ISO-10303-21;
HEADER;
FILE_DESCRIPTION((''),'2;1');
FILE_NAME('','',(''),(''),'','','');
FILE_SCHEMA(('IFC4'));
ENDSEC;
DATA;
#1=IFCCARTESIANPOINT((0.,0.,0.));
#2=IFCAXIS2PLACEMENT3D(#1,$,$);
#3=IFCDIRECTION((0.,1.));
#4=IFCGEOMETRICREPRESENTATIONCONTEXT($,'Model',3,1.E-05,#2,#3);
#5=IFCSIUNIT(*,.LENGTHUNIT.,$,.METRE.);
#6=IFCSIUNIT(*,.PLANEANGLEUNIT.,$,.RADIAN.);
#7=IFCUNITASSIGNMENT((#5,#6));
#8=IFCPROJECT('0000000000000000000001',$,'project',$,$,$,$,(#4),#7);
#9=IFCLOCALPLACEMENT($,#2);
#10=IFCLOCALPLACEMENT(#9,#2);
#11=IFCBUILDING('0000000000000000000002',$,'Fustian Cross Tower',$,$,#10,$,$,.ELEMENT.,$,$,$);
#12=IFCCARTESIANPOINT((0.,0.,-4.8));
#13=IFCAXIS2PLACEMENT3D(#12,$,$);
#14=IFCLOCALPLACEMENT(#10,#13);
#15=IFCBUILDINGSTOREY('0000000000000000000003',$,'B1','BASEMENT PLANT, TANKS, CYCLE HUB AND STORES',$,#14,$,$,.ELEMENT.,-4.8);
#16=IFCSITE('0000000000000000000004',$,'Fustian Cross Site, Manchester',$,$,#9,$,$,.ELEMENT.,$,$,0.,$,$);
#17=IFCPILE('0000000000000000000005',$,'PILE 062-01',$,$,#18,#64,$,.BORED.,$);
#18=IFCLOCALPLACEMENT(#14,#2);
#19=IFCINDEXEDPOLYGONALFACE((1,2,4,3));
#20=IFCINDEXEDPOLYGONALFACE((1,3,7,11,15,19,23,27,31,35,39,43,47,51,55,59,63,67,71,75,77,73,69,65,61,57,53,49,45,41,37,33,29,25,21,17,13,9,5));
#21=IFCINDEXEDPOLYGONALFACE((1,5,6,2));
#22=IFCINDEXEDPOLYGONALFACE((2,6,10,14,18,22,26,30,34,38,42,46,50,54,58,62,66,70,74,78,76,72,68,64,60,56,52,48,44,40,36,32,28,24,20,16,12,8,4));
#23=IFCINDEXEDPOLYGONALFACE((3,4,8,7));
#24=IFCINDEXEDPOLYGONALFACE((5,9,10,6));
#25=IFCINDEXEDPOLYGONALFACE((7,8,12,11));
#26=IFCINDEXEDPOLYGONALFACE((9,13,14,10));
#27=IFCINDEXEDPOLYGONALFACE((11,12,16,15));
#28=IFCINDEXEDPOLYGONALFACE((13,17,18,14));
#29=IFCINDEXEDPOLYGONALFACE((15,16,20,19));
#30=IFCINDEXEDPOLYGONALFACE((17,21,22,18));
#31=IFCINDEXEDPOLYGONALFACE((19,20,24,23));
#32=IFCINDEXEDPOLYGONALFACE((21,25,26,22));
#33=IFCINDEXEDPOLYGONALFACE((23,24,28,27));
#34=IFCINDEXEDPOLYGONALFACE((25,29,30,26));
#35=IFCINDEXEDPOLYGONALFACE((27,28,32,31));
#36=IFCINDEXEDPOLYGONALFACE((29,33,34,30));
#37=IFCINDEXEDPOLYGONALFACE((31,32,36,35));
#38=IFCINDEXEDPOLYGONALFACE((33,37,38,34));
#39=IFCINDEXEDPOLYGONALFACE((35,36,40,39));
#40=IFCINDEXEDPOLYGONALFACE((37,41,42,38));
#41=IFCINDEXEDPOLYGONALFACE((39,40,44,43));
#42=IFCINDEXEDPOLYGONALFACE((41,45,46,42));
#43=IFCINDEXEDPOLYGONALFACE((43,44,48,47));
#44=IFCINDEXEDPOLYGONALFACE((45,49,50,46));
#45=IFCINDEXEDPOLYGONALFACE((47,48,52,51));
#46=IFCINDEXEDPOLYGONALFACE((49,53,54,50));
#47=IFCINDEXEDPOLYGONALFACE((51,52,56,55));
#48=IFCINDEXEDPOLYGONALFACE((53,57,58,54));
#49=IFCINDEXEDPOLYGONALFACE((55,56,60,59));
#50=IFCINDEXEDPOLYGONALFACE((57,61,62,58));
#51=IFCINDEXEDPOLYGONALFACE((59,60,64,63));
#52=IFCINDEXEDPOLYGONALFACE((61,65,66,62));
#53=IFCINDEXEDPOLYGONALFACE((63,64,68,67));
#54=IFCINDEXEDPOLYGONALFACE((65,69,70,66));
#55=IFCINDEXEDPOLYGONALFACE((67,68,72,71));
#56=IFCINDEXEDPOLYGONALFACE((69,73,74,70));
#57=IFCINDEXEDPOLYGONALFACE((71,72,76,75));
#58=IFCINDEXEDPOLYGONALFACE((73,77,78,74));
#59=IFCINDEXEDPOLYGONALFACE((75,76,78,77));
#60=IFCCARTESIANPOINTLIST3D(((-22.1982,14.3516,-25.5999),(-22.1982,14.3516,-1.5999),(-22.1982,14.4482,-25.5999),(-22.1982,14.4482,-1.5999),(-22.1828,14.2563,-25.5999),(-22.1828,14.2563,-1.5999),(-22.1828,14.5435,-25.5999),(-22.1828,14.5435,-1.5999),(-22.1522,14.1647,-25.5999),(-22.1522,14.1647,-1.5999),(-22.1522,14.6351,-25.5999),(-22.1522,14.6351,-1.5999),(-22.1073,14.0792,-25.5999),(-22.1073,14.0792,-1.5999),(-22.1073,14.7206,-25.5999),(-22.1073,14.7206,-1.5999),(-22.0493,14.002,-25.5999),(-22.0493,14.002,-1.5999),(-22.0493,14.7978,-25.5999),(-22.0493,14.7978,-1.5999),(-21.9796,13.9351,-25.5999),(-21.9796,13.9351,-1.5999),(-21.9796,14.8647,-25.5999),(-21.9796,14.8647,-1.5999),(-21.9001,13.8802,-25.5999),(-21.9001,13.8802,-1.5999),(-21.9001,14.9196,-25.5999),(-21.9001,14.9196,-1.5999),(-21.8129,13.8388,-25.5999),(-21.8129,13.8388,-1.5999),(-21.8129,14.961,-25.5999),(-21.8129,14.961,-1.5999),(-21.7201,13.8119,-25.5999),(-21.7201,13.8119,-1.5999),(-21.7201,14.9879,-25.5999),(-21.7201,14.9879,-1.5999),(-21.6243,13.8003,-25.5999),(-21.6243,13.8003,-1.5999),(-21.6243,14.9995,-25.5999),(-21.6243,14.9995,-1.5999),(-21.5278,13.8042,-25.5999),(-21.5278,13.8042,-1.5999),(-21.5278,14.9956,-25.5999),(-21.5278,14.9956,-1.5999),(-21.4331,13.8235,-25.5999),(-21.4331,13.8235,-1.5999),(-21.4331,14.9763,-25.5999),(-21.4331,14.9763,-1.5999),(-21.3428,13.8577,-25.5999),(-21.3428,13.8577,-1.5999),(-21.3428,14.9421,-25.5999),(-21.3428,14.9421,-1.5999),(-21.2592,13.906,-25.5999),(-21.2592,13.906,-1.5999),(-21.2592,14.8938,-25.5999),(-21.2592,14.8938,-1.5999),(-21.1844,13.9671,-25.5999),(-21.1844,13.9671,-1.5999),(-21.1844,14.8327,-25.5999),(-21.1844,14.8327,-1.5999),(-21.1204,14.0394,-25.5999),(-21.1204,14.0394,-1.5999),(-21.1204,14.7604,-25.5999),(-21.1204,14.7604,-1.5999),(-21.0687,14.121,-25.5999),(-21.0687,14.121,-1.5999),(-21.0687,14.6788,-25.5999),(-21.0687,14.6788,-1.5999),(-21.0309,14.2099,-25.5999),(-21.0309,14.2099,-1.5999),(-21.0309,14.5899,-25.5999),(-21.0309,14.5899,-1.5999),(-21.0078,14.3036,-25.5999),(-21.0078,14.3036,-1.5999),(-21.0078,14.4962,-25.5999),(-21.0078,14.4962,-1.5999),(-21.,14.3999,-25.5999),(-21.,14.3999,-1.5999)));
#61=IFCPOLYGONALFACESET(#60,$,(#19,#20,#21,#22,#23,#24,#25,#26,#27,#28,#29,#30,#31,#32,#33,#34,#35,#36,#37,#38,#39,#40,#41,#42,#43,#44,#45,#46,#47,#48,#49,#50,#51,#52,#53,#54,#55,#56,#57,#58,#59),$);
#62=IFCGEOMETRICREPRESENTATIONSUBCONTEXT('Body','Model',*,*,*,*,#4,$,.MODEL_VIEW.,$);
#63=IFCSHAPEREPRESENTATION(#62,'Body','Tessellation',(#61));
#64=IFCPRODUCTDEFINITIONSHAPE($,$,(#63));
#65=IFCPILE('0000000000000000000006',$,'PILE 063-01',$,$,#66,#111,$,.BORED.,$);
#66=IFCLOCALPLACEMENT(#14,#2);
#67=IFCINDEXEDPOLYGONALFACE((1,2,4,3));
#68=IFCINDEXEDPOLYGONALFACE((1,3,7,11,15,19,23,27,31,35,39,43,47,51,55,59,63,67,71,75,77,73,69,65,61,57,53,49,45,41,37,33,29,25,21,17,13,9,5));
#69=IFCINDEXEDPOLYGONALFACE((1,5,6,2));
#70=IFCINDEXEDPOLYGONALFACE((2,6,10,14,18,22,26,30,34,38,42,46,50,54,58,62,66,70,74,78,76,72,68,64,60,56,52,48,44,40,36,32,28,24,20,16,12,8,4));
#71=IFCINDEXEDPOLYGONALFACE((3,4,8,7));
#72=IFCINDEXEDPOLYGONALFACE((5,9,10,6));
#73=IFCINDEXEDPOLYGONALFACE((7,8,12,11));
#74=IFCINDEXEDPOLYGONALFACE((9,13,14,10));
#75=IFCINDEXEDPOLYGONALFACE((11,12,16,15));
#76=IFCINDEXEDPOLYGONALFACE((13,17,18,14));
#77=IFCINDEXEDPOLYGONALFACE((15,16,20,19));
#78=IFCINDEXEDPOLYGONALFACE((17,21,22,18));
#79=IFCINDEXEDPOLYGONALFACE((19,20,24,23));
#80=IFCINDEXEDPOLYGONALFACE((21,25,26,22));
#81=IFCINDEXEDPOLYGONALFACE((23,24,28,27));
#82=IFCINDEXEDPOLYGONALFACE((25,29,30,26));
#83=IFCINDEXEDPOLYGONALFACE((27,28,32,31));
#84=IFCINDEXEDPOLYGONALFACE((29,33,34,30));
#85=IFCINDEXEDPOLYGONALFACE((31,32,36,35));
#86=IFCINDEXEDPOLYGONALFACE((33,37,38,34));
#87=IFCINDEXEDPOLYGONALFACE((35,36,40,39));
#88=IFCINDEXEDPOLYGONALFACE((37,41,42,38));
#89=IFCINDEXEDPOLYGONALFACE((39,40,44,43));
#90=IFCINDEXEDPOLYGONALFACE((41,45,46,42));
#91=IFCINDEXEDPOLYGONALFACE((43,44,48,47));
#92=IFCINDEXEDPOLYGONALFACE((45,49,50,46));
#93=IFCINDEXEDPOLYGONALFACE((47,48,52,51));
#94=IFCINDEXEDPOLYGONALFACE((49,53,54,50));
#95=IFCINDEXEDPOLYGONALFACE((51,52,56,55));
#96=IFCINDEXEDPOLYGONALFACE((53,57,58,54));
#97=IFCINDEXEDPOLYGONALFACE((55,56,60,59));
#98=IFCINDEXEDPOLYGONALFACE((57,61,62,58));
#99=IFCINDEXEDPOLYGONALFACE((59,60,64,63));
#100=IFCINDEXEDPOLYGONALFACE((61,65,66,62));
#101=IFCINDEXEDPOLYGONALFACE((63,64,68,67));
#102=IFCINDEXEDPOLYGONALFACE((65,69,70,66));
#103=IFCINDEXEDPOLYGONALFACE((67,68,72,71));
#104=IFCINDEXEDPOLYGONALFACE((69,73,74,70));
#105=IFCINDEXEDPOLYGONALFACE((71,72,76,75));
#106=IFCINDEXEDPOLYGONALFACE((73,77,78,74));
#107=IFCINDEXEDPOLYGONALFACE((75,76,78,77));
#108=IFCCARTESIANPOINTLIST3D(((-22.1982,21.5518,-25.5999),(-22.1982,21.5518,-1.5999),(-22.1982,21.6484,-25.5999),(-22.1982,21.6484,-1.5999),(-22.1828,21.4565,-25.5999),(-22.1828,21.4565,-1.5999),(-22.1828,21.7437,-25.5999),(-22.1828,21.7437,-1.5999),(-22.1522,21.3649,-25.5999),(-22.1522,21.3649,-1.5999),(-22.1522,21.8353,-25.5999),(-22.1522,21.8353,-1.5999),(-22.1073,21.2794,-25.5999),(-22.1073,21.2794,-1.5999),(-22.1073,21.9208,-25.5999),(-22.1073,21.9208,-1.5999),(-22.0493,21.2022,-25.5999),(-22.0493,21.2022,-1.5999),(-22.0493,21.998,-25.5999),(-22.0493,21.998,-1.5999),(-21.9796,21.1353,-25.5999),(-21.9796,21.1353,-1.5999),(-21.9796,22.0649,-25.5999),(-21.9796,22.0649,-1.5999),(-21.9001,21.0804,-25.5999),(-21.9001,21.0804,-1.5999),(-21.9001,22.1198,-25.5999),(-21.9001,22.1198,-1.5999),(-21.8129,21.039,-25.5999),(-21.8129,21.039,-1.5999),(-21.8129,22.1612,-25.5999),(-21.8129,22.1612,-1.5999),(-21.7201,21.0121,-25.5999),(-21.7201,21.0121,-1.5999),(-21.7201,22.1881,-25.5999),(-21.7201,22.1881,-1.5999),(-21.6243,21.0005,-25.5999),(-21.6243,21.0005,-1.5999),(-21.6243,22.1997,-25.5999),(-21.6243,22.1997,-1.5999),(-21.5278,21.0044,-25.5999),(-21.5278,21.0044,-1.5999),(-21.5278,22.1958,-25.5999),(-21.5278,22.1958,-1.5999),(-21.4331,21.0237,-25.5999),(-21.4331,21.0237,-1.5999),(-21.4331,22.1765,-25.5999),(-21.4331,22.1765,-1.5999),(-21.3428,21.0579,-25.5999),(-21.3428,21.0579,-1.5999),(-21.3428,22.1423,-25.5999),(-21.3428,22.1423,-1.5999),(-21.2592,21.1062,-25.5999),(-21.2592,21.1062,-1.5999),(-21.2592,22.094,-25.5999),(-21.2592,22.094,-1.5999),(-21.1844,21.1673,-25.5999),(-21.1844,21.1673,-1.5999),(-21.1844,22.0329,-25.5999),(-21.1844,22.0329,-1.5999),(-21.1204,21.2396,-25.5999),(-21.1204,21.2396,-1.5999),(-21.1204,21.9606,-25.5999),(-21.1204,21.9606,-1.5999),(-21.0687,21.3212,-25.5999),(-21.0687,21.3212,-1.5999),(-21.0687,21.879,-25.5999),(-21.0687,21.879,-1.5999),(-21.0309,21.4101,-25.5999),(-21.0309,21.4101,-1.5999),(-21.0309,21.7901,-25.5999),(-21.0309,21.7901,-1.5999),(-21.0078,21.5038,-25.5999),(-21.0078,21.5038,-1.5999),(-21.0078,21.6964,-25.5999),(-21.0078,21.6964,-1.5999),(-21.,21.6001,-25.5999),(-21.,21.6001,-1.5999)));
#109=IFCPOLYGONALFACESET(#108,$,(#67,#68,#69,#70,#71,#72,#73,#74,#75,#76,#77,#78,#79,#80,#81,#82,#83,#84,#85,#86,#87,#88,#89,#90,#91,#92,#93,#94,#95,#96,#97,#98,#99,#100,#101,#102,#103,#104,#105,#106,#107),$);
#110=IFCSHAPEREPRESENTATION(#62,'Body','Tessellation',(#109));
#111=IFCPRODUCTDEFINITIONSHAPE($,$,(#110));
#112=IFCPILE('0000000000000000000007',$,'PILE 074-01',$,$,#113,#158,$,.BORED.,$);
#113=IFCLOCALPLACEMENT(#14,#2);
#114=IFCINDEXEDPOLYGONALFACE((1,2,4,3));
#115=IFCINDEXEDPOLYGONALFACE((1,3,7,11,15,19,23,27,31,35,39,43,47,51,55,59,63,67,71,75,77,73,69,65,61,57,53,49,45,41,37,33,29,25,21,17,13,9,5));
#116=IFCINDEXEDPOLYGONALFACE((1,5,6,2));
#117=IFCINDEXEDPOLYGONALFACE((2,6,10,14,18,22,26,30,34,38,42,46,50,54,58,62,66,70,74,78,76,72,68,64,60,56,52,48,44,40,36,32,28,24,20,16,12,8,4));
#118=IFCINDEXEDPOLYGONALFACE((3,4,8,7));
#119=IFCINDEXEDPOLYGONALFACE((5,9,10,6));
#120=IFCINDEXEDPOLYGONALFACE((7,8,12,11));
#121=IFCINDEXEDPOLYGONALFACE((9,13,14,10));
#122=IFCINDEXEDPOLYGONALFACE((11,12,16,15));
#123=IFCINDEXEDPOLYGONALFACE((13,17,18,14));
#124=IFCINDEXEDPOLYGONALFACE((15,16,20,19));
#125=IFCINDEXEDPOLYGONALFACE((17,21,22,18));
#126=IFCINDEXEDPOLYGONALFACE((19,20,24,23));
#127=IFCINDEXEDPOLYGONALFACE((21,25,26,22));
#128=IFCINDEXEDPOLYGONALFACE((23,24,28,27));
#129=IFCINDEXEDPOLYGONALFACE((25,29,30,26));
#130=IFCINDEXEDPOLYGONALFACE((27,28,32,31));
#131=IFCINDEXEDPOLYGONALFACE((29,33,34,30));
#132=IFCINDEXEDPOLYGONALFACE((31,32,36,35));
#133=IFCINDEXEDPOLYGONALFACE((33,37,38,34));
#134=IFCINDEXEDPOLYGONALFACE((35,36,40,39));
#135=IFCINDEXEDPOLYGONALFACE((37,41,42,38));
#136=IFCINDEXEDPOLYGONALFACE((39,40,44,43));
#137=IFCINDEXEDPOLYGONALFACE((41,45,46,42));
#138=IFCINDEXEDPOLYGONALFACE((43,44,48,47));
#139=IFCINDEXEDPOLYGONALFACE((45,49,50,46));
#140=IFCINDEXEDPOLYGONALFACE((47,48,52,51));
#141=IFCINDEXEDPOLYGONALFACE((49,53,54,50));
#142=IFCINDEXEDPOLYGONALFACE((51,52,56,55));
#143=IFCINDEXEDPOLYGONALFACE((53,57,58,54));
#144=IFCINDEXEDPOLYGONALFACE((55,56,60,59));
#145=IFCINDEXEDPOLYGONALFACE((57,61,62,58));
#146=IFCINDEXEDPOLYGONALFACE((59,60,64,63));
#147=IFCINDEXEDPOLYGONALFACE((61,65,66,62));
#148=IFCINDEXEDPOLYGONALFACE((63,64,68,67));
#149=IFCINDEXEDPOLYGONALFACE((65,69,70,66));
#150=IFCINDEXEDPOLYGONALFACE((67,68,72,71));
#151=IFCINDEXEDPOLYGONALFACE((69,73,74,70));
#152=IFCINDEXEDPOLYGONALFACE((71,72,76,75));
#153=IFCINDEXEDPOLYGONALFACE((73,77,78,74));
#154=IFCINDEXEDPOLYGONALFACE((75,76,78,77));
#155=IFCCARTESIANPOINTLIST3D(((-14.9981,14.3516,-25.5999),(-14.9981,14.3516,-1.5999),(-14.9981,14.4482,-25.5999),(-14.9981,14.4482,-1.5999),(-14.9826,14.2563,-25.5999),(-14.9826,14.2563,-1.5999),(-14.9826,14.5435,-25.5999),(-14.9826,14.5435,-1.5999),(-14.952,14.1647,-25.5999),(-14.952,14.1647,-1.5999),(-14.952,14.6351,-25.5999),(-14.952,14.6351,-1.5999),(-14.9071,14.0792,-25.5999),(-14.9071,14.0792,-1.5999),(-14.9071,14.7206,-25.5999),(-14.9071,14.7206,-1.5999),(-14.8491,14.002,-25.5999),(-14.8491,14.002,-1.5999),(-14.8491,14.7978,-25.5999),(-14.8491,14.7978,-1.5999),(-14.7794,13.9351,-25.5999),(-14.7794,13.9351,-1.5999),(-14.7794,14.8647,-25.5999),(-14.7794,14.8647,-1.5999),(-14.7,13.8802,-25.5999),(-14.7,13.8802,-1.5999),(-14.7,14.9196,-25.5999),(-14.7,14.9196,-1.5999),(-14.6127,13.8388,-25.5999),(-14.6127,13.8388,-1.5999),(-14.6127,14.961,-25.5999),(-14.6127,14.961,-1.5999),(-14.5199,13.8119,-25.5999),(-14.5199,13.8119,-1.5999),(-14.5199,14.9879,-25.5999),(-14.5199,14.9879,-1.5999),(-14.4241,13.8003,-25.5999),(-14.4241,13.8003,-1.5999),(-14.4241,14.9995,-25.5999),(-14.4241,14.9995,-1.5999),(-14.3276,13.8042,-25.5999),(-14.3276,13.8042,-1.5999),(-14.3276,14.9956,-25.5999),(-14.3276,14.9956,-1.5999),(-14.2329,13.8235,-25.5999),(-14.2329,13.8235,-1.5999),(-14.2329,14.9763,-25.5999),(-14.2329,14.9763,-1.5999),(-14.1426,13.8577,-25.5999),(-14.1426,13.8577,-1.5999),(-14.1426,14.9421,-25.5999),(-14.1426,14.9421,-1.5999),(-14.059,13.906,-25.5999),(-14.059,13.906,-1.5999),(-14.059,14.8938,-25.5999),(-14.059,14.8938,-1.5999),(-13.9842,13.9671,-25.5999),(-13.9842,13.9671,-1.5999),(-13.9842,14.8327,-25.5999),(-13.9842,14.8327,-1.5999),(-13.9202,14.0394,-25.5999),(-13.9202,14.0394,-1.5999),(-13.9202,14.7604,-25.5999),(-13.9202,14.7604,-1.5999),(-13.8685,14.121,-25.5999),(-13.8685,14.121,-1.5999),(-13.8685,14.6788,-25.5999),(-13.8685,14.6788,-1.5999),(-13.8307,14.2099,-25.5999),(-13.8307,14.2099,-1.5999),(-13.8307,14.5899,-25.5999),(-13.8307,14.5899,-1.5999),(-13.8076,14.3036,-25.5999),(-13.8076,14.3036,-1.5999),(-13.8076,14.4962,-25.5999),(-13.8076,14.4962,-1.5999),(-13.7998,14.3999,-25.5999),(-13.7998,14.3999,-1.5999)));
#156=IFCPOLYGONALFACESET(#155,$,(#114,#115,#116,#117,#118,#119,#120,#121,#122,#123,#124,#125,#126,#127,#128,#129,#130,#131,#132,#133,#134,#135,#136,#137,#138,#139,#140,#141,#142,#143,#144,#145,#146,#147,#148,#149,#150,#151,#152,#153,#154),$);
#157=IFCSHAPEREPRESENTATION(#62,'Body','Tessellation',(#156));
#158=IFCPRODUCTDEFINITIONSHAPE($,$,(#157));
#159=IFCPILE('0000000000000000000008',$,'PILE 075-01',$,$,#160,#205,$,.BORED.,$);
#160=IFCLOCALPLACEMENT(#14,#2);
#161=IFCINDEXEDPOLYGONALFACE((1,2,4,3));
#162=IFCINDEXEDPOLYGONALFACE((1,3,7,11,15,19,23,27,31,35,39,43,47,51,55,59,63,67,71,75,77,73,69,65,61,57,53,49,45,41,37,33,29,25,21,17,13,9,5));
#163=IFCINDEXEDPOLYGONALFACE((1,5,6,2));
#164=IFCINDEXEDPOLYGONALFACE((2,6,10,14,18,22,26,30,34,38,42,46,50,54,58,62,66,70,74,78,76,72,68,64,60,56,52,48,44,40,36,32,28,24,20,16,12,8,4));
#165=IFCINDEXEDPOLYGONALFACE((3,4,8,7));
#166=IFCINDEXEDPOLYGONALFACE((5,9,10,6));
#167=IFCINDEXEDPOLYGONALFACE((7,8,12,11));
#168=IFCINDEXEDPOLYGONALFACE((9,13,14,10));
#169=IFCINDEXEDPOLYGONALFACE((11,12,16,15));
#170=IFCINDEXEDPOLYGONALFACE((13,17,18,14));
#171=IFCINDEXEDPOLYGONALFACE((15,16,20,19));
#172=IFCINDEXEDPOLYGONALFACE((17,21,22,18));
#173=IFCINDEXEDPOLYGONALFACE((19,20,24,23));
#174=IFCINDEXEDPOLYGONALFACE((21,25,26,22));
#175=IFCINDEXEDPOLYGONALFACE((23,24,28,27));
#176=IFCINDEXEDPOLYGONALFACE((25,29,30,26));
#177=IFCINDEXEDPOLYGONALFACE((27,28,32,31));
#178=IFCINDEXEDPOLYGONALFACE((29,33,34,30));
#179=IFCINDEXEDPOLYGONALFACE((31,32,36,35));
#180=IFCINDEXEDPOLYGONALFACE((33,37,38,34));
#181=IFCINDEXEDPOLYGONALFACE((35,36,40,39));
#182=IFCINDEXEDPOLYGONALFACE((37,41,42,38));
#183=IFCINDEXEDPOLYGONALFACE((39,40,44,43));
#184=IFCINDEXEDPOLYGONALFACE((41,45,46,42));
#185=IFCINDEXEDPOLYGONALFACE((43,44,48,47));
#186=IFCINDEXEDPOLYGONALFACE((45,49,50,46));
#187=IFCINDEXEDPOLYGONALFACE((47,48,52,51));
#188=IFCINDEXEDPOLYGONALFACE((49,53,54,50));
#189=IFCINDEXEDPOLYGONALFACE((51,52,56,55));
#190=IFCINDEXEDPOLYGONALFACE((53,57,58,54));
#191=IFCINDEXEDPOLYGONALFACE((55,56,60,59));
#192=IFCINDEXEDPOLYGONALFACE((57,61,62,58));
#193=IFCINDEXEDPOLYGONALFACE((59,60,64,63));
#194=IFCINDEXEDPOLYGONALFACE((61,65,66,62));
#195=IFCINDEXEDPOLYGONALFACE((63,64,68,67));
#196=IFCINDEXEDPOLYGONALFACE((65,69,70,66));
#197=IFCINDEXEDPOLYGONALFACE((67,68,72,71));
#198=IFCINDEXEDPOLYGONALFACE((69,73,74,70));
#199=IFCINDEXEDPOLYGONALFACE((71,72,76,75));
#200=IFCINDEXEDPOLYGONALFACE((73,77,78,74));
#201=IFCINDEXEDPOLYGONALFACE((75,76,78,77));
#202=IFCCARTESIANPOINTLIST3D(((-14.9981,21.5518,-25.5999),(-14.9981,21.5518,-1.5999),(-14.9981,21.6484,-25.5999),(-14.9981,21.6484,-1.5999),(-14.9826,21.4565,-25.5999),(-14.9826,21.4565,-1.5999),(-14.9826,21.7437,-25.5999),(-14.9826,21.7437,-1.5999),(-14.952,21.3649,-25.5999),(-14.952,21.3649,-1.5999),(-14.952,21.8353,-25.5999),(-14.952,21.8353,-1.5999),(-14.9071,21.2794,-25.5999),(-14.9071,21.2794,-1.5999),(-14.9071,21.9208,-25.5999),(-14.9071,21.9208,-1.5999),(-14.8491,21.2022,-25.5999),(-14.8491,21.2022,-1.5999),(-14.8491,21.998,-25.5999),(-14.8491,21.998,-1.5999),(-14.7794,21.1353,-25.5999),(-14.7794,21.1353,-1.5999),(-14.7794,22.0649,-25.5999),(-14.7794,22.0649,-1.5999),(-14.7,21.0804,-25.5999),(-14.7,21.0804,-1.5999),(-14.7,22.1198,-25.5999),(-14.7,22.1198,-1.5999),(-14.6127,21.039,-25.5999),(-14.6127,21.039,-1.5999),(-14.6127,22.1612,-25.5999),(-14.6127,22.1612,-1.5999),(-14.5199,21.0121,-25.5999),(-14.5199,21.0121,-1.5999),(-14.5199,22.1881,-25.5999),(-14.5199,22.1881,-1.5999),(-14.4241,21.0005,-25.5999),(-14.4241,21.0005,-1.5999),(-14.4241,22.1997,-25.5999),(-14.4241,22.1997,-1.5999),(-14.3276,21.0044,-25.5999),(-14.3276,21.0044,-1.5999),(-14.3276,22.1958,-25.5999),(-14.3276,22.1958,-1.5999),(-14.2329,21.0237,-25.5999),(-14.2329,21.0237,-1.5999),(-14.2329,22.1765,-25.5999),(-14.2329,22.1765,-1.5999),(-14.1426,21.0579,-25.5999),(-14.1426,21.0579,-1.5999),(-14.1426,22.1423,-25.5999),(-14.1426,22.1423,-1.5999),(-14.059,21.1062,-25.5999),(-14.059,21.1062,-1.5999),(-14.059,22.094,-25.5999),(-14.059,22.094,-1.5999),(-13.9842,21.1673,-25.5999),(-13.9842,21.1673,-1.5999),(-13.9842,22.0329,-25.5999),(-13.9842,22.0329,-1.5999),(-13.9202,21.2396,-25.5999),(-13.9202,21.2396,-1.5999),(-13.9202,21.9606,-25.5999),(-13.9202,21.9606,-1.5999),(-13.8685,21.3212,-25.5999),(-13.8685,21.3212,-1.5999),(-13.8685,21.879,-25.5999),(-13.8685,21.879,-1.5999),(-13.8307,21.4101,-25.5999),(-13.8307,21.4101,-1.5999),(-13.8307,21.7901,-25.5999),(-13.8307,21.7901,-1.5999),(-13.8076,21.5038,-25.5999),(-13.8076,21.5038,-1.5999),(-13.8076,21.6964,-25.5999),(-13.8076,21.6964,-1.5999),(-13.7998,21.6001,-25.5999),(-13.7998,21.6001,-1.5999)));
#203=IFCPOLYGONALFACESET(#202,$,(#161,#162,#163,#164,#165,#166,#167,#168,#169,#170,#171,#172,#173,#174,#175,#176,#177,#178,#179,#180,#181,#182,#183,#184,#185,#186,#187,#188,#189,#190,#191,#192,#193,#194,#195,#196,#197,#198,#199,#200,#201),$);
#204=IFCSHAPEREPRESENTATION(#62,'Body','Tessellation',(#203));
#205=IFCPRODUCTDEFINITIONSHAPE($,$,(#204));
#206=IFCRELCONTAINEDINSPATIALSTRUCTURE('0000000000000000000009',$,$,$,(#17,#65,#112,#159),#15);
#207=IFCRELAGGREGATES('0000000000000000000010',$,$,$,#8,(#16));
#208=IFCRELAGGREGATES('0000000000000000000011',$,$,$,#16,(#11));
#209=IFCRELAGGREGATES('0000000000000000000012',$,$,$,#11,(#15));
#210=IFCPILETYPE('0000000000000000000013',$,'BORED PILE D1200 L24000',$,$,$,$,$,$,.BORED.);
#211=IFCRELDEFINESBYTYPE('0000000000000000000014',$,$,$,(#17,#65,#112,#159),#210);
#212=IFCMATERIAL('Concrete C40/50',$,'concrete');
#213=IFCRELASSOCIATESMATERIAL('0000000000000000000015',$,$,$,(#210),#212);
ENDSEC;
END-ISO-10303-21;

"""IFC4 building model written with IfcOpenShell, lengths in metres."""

from ifc_helpers import new_model, si_unit, direction, frame, origin, origin_2d, place, context, subcontext, project, spatial, circle, extrude, material, material_profile, profile_set, type_object, element, save


model = new_model("IFC4")

# Units and contexts
model_context = context("Model", 3, precision=1e-05, world=origin(), true_north=direction((0.0, 1.0)))
body_context = subcontext(model_context, "Body", "Model", "MODEL_VIEW")
ifc_project = project(units=[si_unit("LENGTHUNIT", "METRE"), si_unit("PLANEANGLEUNIT", "RADIAN")], contexts=[model_context])

# Site, building, storey
site_placement = place(None, origin())
site = spatial("IfcSite", under=ifc_project, at=site_placement, Name="Fustian Cross Site, Manchester", CompositionType="ELEMENT", RefElevation=0.0)
building_placement = place(site_placement, origin())
building = spatial("IfcBuilding", under=site, at=building_placement, Name="Fustian Cross Tower", CompositionType="ELEMENT")
storey_placement = place(building_placement, frame((0.0, 0.0, -4.8)))
storey = spatial("IfcBuildingStorey", under=building, at=storey_placement, Name="B1", Description="BASEMENT PLANT, TANKS, CYCLE HUB AND STORES", CompositionType="ELEMENT", Elevation=-4.8)

# Piles
ifc_material_1 = material(Name="Concrete C40/50", Category="concrete")
ifc_material_profile_1 = material_profile(ifc_material_1, circle(Radius=0.6001, at=origin_2d()), Name="BORED PILE D1200 L24000")
ifc_profile_set_1 = profile_set([ifc_material_profile_1], Name="Concrete C40/50")
pile_type_1 = type_object("IfcPileType", Name="BORED PILE D1200 L24000", PredefinedType="BORED", material=ifc_profile_set_1)
for number, where, z_axis, x_axis, name in (
    (1, (-21.6001, 14.3999, -1.5999), (0.0, 0.0, -1.0), (1.0, 0.0, 0.0), "PILE 062-01"),
    (2, (-21.6001, 21.6001, -1.5999), (0.0, 0.0, -1.0), (1.0, 0.0, 0.0), "PILE 063-01"),
    (3, (-14.3999, 14.3999, -1.5999), (0.0, 0.0, -1.0), (1.0, 0.0, 0.0), "PILE 074-01"),
    (4, (-14.3999, 21.6001, -1.5999), (0.0, 0.0, -1.0), (1.0, 0.0, 0.0), "PILE 075-01"),
):
    element("IfcPile", number, at=place(storey_placement, frame(where, z_axis=z_axis, x_axis=x_axis)), inside=storey, type_object=pile_type_1, Name=name, PredefinedType="BORED", context=body_context, shape_type="SweptSolid", body=[
        extrude(circle(Radius=0.6001, at=origin_2d()), origin(), (0.0, 0.0, 1.0), 24.0),
    ])

save(model, "model.ifc")
